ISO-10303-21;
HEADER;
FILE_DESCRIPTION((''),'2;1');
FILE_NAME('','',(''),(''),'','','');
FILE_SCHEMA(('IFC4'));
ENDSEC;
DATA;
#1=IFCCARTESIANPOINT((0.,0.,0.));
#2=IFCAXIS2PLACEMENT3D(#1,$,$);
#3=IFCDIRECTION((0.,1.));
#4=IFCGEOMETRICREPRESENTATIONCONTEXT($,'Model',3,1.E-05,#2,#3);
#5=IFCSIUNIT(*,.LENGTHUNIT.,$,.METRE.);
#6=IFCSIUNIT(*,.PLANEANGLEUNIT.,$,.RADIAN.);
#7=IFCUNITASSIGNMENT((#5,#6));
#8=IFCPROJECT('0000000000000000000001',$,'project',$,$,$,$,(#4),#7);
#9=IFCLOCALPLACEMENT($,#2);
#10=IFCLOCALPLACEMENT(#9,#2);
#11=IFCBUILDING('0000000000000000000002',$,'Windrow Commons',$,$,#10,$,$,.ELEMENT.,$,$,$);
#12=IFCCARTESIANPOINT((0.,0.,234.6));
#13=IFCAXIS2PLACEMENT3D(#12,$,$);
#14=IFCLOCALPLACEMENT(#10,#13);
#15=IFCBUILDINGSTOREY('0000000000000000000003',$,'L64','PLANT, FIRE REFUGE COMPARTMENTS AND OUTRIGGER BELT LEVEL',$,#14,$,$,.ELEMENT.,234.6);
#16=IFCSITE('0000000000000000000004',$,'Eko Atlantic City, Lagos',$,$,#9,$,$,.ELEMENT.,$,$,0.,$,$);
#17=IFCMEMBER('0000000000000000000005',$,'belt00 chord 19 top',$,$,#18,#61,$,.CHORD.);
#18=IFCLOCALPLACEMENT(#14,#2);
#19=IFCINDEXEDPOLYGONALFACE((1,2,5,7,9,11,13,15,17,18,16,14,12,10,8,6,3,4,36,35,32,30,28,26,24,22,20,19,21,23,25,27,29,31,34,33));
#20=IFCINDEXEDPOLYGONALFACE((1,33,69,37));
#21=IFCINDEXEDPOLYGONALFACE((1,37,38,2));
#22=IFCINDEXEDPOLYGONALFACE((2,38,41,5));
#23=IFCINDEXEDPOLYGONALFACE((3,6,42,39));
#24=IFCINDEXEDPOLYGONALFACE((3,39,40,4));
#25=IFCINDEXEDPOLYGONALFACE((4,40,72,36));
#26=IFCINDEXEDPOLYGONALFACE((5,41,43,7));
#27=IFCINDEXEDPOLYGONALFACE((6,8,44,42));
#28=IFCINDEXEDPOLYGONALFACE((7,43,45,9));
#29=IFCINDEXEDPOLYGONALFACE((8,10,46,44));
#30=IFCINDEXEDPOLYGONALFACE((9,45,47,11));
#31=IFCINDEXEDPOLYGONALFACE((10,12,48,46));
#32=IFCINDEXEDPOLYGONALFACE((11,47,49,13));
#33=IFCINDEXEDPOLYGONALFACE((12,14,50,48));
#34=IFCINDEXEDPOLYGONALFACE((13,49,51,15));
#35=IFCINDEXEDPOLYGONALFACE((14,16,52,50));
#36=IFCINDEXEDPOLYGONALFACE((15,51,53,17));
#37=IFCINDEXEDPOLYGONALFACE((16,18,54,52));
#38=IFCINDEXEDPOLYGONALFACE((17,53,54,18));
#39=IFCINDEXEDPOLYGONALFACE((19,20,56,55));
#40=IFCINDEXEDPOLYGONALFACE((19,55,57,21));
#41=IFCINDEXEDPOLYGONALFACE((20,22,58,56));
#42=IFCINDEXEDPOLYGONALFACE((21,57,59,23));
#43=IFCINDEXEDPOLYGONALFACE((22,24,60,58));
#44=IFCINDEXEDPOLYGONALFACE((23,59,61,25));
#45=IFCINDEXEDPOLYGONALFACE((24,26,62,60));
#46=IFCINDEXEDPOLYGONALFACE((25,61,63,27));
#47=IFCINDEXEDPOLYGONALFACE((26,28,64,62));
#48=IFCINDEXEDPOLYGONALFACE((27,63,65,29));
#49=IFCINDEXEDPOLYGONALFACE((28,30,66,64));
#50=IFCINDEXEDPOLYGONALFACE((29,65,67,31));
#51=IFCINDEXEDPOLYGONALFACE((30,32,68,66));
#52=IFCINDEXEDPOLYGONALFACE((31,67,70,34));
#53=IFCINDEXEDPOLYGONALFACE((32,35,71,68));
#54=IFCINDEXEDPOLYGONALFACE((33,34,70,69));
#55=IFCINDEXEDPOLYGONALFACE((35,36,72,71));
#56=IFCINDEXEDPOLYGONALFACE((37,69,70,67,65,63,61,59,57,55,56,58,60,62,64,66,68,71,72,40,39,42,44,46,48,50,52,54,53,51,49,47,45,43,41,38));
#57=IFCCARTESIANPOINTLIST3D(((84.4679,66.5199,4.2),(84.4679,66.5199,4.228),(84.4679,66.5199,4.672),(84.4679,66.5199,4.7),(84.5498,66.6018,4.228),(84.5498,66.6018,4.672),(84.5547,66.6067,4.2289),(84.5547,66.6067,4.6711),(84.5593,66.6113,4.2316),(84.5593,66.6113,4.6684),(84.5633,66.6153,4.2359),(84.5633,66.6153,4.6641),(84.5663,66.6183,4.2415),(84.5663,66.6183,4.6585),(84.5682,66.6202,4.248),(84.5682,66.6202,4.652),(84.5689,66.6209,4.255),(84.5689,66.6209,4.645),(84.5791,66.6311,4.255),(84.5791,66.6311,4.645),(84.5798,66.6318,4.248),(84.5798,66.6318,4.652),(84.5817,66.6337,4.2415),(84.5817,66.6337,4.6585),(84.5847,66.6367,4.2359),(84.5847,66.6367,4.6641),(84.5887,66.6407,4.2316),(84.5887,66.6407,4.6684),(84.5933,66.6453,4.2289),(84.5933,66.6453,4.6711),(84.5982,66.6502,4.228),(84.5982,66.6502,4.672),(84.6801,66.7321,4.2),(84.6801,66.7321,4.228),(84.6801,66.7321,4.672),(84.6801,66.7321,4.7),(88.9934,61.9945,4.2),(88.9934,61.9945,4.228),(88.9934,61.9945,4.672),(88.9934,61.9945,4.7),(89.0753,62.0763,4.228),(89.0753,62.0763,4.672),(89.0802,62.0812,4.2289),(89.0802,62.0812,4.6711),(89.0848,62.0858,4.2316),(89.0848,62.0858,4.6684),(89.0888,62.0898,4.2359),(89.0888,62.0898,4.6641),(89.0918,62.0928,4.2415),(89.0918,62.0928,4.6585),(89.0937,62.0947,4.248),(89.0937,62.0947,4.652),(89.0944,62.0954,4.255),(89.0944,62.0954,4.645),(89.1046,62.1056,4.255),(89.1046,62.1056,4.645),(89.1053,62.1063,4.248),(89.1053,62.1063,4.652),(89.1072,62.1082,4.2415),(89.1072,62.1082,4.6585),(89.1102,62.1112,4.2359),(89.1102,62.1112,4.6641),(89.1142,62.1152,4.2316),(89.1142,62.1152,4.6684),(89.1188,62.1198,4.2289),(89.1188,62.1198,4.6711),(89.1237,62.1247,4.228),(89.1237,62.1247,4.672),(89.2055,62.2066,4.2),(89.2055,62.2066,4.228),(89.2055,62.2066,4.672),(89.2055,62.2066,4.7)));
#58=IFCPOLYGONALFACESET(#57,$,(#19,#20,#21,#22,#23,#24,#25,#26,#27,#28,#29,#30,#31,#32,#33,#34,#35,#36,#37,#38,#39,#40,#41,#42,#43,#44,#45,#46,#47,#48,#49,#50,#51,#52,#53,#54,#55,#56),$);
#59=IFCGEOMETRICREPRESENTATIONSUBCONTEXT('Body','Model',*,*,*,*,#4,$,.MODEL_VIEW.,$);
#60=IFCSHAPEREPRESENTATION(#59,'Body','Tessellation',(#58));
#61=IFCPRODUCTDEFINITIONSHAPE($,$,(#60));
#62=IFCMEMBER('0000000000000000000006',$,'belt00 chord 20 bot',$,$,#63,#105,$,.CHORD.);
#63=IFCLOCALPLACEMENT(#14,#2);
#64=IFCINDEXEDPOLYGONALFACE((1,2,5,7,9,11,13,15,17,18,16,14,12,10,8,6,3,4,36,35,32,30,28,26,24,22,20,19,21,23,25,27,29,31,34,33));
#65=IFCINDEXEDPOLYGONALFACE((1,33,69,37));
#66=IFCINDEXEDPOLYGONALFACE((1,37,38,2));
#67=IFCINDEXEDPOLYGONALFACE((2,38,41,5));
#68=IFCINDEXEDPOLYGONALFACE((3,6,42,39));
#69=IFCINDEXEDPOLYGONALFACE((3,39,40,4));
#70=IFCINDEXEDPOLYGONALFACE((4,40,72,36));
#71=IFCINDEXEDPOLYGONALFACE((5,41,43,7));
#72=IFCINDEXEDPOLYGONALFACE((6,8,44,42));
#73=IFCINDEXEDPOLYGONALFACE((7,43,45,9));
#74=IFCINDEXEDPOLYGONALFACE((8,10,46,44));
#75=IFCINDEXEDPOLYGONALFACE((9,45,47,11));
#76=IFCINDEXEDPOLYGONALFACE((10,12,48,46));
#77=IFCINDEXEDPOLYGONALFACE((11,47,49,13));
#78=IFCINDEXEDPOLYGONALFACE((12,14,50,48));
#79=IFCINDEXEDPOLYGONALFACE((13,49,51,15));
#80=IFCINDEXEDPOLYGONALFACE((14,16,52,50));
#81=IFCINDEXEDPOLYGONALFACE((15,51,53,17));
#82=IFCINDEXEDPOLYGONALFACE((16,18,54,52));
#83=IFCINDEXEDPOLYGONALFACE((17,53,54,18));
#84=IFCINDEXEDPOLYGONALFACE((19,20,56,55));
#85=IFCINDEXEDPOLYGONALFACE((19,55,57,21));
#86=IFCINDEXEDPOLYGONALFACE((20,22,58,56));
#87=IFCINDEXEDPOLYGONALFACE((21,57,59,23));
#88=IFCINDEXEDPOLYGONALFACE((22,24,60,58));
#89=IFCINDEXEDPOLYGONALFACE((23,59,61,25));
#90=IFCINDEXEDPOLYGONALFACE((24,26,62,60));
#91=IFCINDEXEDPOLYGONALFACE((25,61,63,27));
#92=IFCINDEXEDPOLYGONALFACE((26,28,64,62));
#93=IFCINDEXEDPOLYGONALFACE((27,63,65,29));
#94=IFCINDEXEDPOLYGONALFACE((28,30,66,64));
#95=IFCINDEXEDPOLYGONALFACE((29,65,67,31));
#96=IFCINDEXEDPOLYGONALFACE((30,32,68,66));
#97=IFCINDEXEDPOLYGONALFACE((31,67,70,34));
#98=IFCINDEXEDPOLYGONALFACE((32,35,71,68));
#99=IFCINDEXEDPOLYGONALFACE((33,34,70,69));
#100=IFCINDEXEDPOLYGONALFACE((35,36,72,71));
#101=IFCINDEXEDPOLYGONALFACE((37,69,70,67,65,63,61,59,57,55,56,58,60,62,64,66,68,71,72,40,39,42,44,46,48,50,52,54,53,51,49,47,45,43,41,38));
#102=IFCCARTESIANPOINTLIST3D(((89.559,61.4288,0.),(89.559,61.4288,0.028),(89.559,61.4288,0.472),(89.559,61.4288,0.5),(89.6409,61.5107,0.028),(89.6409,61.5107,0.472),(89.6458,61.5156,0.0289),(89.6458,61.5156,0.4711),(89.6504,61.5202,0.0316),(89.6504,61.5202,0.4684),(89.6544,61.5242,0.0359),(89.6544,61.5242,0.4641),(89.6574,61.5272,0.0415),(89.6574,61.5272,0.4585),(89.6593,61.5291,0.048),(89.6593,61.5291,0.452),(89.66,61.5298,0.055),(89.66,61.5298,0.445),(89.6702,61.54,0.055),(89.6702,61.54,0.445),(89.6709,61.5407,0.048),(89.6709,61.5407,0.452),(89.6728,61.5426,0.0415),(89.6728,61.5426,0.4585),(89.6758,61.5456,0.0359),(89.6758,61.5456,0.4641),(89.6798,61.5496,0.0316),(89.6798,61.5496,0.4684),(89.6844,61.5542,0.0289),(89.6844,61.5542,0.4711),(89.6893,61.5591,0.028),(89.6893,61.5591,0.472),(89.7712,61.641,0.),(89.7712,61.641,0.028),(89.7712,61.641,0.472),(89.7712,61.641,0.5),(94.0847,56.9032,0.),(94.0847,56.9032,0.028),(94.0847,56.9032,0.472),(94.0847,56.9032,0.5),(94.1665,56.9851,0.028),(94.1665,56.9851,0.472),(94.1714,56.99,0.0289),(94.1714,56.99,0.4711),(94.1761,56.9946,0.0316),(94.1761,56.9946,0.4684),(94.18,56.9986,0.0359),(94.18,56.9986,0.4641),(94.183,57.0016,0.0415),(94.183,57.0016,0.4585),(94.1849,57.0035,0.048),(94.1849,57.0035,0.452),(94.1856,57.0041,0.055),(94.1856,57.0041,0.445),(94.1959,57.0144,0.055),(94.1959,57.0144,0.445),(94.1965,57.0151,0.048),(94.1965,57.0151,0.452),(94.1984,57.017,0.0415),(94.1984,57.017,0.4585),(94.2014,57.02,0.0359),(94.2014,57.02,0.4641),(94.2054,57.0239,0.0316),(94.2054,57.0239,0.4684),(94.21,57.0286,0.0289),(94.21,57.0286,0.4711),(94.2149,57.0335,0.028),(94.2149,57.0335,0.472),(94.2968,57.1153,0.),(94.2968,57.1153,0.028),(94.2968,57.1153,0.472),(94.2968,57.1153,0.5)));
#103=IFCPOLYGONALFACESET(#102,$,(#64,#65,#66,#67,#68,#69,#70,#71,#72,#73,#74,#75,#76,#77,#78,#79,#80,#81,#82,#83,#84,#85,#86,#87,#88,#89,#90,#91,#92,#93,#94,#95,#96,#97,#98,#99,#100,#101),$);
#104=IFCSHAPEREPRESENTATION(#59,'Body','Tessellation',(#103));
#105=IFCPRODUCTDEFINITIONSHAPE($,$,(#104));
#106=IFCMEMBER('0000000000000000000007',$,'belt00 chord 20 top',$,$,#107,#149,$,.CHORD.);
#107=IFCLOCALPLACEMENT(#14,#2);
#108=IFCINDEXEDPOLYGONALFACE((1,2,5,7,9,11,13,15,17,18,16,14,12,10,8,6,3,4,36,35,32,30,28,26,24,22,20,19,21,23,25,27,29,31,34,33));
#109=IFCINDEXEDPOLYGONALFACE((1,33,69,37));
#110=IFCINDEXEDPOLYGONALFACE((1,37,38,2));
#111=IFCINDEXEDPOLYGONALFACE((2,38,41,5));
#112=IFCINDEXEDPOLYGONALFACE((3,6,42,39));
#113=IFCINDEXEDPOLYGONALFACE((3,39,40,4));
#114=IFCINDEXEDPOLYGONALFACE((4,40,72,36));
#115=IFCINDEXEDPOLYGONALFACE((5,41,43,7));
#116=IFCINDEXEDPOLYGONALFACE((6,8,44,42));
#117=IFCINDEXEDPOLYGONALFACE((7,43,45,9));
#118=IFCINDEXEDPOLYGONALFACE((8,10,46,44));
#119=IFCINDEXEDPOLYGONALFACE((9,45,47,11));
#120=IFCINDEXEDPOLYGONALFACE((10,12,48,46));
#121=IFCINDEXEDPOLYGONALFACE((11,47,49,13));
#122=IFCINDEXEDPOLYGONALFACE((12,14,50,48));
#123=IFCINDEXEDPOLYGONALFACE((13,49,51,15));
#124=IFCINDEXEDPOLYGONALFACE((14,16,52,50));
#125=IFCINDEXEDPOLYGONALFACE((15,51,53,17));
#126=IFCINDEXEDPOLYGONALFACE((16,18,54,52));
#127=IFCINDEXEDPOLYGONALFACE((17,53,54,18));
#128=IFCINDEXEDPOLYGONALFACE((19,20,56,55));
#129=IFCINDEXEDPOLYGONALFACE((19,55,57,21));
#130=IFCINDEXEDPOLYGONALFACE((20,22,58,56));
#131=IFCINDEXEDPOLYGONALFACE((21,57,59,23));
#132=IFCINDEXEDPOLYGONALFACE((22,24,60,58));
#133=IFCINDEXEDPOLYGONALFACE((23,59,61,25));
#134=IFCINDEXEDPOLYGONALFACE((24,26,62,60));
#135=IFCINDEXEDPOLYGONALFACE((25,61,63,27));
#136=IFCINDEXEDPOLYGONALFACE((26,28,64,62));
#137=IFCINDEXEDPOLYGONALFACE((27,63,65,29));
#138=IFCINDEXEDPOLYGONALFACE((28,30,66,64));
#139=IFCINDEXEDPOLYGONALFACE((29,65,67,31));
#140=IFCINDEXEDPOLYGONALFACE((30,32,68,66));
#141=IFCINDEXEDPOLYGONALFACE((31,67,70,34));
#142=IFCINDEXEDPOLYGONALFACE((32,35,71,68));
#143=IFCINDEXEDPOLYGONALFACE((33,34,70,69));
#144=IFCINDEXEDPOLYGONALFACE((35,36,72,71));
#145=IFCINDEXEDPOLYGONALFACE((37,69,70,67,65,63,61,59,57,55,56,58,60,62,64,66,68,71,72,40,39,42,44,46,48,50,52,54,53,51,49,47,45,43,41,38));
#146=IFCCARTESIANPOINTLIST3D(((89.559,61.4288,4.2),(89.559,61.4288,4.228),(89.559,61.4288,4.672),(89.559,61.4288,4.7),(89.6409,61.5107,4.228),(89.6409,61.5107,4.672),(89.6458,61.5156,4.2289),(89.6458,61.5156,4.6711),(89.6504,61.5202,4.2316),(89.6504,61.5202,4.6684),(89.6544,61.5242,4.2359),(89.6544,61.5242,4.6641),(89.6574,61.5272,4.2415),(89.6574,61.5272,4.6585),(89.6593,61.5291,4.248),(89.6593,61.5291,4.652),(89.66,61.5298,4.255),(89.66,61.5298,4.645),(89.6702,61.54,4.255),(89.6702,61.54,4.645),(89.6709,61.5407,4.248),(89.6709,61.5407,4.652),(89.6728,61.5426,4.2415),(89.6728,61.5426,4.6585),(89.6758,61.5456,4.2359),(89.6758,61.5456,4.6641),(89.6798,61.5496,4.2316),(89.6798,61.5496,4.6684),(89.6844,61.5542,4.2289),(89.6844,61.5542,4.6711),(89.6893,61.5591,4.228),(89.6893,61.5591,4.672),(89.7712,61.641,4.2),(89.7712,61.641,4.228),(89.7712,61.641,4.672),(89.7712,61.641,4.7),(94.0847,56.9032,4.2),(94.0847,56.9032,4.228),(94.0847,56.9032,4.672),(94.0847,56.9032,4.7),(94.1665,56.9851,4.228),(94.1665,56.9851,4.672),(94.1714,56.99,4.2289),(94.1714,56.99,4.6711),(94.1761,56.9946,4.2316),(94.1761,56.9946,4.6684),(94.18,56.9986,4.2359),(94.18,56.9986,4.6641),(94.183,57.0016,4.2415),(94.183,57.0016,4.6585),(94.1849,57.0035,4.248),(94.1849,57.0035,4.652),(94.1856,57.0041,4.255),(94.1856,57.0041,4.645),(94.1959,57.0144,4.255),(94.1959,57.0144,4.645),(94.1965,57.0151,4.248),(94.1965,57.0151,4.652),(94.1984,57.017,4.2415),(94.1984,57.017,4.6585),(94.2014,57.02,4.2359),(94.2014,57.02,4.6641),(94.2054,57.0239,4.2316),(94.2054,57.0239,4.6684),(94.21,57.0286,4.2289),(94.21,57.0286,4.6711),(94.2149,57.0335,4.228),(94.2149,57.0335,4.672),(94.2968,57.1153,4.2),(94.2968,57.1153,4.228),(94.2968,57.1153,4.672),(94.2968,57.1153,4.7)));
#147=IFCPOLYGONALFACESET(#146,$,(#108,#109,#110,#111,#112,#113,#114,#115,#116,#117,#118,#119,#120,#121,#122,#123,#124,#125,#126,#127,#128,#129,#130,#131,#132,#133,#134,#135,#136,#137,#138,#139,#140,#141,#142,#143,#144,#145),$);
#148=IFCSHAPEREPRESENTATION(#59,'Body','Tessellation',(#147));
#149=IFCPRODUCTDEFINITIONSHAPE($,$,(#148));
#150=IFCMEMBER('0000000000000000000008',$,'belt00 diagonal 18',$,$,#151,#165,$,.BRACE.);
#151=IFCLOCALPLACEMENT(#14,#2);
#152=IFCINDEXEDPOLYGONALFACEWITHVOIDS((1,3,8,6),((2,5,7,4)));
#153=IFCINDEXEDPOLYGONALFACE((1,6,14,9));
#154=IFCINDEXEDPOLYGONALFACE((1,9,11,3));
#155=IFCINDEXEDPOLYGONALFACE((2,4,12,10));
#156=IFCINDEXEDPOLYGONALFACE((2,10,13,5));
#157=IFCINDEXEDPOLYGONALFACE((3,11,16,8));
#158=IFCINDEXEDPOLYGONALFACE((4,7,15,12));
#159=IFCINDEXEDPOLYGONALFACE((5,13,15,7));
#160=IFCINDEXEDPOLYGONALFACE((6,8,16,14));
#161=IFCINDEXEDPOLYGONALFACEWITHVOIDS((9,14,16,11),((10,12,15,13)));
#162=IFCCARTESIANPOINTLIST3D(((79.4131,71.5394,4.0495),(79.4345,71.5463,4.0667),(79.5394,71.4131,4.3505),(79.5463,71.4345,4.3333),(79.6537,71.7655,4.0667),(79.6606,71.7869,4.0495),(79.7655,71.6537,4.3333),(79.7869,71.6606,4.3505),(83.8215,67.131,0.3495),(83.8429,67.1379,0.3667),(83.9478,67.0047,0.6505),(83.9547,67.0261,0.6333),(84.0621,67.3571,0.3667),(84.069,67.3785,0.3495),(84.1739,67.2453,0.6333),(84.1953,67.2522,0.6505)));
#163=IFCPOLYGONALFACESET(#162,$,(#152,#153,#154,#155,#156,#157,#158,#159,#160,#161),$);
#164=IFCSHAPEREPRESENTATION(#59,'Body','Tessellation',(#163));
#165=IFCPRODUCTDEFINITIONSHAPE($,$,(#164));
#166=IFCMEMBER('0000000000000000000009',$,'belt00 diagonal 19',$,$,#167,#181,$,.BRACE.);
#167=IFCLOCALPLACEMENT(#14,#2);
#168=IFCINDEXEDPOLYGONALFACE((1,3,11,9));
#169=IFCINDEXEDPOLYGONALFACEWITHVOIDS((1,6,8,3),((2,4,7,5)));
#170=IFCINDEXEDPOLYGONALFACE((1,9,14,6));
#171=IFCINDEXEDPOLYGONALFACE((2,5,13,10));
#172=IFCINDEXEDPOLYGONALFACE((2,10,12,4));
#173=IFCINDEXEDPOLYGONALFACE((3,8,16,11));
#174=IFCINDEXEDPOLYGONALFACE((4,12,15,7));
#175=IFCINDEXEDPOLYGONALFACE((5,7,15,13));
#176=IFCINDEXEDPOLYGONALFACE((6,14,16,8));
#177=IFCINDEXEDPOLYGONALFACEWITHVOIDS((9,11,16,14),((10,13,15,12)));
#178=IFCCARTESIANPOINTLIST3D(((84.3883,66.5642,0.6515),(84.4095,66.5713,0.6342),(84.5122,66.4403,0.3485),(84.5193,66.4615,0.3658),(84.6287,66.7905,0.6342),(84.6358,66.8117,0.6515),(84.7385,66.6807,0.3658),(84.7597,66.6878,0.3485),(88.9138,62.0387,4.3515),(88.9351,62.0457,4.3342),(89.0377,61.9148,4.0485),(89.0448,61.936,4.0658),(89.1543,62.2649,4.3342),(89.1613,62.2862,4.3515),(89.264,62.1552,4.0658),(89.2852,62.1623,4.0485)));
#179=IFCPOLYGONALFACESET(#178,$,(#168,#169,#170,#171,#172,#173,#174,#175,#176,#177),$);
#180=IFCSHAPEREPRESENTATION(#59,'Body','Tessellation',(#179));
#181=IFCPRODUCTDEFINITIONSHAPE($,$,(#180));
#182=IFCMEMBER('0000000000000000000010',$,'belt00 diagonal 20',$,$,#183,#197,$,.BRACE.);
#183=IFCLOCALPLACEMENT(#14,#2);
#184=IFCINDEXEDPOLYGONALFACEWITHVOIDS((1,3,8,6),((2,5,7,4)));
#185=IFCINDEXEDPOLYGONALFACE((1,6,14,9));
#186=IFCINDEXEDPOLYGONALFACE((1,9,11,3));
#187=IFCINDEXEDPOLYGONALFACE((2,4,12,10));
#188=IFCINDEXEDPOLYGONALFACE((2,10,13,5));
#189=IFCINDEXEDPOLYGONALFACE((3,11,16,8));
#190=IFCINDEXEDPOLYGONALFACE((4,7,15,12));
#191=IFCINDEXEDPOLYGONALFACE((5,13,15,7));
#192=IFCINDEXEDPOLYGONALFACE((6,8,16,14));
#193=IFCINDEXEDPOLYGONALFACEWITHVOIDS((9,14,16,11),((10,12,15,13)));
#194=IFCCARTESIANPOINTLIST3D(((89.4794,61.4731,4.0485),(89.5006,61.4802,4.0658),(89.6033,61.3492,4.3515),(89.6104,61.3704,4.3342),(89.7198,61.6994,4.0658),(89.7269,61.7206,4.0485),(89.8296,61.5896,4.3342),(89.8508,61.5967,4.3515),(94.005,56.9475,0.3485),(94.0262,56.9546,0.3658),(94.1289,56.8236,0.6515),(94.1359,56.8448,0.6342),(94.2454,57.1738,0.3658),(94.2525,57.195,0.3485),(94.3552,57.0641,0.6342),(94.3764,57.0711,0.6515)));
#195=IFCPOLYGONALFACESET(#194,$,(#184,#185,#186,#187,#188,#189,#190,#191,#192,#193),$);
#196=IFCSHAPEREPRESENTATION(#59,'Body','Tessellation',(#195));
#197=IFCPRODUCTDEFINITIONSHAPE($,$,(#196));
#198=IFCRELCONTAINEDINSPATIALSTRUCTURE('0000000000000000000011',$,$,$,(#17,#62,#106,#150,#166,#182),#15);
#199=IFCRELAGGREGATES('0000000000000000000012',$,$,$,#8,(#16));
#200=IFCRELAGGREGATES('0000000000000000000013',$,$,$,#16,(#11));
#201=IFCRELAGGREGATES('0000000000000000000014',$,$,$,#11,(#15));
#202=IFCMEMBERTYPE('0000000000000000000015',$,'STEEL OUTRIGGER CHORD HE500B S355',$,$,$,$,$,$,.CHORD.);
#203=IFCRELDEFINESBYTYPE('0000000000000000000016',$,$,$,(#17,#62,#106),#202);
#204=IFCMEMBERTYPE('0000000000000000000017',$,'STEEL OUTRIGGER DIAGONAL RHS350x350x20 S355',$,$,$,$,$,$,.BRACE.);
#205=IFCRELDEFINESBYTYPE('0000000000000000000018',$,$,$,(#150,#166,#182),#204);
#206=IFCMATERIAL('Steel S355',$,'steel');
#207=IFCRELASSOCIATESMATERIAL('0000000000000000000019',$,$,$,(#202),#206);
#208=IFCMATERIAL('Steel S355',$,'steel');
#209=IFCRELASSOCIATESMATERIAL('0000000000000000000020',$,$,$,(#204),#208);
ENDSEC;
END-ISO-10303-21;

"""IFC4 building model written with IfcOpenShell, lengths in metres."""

from ifc_helpers import new_model, si_unit, direction, frame, origin, origin_2d, place, context, subcontext, project, spatial, hollow_rectangle, i_section, extrude, material, material_profile, profile_set, type_object, element, save


model = new_model("IFC4")

# Units and contexts
model_context = context("Model", 3, precision=1e-05, world=origin(), true_north=direction((0.0, 1.0)))
body_context = subcontext(model_context, "Body", "Model", "MODEL_VIEW")
ifc_project = project(units=[si_unit("LENGTHUNIT", "METRE"), si_unit("PLANEANGLEUNIT", "RADIAN")], contexts=[model_context])

# Site, building, storey
site_placement = place(None, origin())
site = spatial("IfcSite", under=ifc_project, at=site_placement, Name="Eko Atlantic City, Lagos", CompositionType="ELEMENT", RefElevation=0.0)
building_placement = place(site_placement, origin())
building = spatial("IfcBuilding", under=site, at=building_placement, Name="Windrow Commons", CompositionType="ELEMENT")
storey_placement = place(building_placement, frame((0.0, 0.0, 234.6)))
storey = spatial("IfcBuildingStorey", under=building, at=storey_placement, Name="L64", Description="PLANT, FIRE REFUGE COMPARTMENTS AND OUTRIGGER BELT LEVEL", CompositionType="ELEMENT", Elevation=234.6)

# Members
ifc_material_1 = material(Name="Steel S355", Category="steel")
ifc_material_profile_1 = material_profile(ifc_material_1, i_section(OverallWidth=0.3, OverallDepth=0.5, WebThickness=0.0145, FlangeThickness=0.028, FilletRadius=0.027, at=origin_2d()))
ifc_profile_set_1 = profile_set([ifc_material_profile_1], Name="Steel S355")
member_type_1 = type_object("IfcMemberType", Name="STEEL OUTRIGGER CHORD HE500B S355", PredefinedType="CHORD", material=ifc_profile_set_1)
for number, where, z_axis, x_axis, name in (
    (1, (84.574, 66.626, 4.45), (0.707107, -0.707107, 0.0), (0.707107, 0.707107, 0.0), "belt00 chord 19 top"),
):
    element("IfcMember", number, at=place(storey_placement, frame(where, z_axis=z_axis, x_axis=x_axis)), inside=storey, type_object=member_type_1, Name=name, PredefinedType="CHORD", context=body_context, shape_type="SweptSolid", body=[
        extrude(i_section(OverallWidth=0.3, OverallDepth=0.5, WebThickness=0.0145, FlangeThickness=0.028, FilletRadius=0.027, at=origin_2d()), origin(), (0.0, 0.0, 1.0), 6.4),
    ])
for number, where, z_axis, x_axis, name in (
    (2, (89.6651, 61.5349, 0.25), (0.707107, -0.707107, 0.0), (0.707107, 0.707107, 0.0), "belt00 chord 20 bot"),
    (3, (89.6651, 61.5349, 4.45), (0.707107, -0.707107, 0.0), (0.707107, 0.707107, 0.0), "belt00 chord 20 top"),
):
    element("IfcMember", number, at=place(storey_placement, frame(where, z_axis=z_axis, x_axis=x_axis)), inside=storey, type_object=member_type_1, Name=name, PredefinedType="CHORD", context=body_context, shape_type="SweptSolid", body=[
        extrude(i_section(OverallWidth=0.3, OverallDepth=0.5, WebThickness=0.0145, FlangeThickness=0.028, FilletRadius=0.027, at=origin_2d()), origin(), (0.0, 0.0, 1.0), 6.4002),
    ])
ifc_material_2 = material(Name="Steel S355", Category="steel")
ifc_material_profile_2 = material_profile(ifc_material_2, hollow_rectangle(XDim=0.35, YDim=0.35, WallThickness=0.02, at=origin_2d()))
ifc_profile_set_2 = profile_set([ifc_material_profile_2], Name="Steel S355")
member_type_2 = type_object("IfcMemberType", Name="STEEL OUTRIGGER DIAGONAL RHS350x350x20 S355", PredefinedType="BRACE", material=ifc_profile_set_2)
member_1_placement = place(storey_placement, frame((79.6, 71.6, 4.2), z_axis=(0.608081, -0.608081, -0.510367), x_axis=(0.707107, 0.707107, 0.0)))
element("IfcMember", 4, at=member_1_placement, inside=storey, type_object=member_type_2, Name="belt00 diagonal 18", PredefinedType="BRACE", context=body_context, shape_type="SweptSolid", body=[
    extrude(hollow_rectangle(XDim=0.35, YDim=0.35, WallThickness=0.02, at=origin_2d()), origin(), (0.0, 0.0, 1.0), 7.2497),
])
member_2_placement = place(storey_placement, frame((84.574, 66.626, 0.5), z_axis=(0.612168, -0.612168, 0.500502), x_axis=(0.707107, 0.707107, 0.0)))
element("IfcMember", 5, at=member_2_placement, inside=storey, type_object=member_type_2, Name="belt00 diagonal 19", PredefinedType="BRACE", context=body_context, shape_type="SweptSolid", body=[
    extrude(hollow_rectangle(XDim=0.35, YDim=0.35, WallThickness=0.02, at=origin_2d()), origin(), (0.0, 0.0, 1.0), 7.3926),
])
member_3_placement = place(storey_placement, frame((89.6651, 61.5349, 4.2), z_axis=(0.612171, -0.612171, -0.500493), x_axis=(0.707107, 0.707107, 0.0)))
element("IfcMember", 6, at=member_3_placement, inside=storey, type_object=member_type_2, Name="belt00 diagonal 20", PredefinedType="BRACE", context=body_context, shape_type="SweptSolid", body=[
    extrude(hollow_rectangle(XDim=0.35, YDim=0.35, WallThickness=0.02, at=origin_2d()), origin(), (0.0, 0.0, 1.0), 7.3927),
])

save(model, "model.ifc")
